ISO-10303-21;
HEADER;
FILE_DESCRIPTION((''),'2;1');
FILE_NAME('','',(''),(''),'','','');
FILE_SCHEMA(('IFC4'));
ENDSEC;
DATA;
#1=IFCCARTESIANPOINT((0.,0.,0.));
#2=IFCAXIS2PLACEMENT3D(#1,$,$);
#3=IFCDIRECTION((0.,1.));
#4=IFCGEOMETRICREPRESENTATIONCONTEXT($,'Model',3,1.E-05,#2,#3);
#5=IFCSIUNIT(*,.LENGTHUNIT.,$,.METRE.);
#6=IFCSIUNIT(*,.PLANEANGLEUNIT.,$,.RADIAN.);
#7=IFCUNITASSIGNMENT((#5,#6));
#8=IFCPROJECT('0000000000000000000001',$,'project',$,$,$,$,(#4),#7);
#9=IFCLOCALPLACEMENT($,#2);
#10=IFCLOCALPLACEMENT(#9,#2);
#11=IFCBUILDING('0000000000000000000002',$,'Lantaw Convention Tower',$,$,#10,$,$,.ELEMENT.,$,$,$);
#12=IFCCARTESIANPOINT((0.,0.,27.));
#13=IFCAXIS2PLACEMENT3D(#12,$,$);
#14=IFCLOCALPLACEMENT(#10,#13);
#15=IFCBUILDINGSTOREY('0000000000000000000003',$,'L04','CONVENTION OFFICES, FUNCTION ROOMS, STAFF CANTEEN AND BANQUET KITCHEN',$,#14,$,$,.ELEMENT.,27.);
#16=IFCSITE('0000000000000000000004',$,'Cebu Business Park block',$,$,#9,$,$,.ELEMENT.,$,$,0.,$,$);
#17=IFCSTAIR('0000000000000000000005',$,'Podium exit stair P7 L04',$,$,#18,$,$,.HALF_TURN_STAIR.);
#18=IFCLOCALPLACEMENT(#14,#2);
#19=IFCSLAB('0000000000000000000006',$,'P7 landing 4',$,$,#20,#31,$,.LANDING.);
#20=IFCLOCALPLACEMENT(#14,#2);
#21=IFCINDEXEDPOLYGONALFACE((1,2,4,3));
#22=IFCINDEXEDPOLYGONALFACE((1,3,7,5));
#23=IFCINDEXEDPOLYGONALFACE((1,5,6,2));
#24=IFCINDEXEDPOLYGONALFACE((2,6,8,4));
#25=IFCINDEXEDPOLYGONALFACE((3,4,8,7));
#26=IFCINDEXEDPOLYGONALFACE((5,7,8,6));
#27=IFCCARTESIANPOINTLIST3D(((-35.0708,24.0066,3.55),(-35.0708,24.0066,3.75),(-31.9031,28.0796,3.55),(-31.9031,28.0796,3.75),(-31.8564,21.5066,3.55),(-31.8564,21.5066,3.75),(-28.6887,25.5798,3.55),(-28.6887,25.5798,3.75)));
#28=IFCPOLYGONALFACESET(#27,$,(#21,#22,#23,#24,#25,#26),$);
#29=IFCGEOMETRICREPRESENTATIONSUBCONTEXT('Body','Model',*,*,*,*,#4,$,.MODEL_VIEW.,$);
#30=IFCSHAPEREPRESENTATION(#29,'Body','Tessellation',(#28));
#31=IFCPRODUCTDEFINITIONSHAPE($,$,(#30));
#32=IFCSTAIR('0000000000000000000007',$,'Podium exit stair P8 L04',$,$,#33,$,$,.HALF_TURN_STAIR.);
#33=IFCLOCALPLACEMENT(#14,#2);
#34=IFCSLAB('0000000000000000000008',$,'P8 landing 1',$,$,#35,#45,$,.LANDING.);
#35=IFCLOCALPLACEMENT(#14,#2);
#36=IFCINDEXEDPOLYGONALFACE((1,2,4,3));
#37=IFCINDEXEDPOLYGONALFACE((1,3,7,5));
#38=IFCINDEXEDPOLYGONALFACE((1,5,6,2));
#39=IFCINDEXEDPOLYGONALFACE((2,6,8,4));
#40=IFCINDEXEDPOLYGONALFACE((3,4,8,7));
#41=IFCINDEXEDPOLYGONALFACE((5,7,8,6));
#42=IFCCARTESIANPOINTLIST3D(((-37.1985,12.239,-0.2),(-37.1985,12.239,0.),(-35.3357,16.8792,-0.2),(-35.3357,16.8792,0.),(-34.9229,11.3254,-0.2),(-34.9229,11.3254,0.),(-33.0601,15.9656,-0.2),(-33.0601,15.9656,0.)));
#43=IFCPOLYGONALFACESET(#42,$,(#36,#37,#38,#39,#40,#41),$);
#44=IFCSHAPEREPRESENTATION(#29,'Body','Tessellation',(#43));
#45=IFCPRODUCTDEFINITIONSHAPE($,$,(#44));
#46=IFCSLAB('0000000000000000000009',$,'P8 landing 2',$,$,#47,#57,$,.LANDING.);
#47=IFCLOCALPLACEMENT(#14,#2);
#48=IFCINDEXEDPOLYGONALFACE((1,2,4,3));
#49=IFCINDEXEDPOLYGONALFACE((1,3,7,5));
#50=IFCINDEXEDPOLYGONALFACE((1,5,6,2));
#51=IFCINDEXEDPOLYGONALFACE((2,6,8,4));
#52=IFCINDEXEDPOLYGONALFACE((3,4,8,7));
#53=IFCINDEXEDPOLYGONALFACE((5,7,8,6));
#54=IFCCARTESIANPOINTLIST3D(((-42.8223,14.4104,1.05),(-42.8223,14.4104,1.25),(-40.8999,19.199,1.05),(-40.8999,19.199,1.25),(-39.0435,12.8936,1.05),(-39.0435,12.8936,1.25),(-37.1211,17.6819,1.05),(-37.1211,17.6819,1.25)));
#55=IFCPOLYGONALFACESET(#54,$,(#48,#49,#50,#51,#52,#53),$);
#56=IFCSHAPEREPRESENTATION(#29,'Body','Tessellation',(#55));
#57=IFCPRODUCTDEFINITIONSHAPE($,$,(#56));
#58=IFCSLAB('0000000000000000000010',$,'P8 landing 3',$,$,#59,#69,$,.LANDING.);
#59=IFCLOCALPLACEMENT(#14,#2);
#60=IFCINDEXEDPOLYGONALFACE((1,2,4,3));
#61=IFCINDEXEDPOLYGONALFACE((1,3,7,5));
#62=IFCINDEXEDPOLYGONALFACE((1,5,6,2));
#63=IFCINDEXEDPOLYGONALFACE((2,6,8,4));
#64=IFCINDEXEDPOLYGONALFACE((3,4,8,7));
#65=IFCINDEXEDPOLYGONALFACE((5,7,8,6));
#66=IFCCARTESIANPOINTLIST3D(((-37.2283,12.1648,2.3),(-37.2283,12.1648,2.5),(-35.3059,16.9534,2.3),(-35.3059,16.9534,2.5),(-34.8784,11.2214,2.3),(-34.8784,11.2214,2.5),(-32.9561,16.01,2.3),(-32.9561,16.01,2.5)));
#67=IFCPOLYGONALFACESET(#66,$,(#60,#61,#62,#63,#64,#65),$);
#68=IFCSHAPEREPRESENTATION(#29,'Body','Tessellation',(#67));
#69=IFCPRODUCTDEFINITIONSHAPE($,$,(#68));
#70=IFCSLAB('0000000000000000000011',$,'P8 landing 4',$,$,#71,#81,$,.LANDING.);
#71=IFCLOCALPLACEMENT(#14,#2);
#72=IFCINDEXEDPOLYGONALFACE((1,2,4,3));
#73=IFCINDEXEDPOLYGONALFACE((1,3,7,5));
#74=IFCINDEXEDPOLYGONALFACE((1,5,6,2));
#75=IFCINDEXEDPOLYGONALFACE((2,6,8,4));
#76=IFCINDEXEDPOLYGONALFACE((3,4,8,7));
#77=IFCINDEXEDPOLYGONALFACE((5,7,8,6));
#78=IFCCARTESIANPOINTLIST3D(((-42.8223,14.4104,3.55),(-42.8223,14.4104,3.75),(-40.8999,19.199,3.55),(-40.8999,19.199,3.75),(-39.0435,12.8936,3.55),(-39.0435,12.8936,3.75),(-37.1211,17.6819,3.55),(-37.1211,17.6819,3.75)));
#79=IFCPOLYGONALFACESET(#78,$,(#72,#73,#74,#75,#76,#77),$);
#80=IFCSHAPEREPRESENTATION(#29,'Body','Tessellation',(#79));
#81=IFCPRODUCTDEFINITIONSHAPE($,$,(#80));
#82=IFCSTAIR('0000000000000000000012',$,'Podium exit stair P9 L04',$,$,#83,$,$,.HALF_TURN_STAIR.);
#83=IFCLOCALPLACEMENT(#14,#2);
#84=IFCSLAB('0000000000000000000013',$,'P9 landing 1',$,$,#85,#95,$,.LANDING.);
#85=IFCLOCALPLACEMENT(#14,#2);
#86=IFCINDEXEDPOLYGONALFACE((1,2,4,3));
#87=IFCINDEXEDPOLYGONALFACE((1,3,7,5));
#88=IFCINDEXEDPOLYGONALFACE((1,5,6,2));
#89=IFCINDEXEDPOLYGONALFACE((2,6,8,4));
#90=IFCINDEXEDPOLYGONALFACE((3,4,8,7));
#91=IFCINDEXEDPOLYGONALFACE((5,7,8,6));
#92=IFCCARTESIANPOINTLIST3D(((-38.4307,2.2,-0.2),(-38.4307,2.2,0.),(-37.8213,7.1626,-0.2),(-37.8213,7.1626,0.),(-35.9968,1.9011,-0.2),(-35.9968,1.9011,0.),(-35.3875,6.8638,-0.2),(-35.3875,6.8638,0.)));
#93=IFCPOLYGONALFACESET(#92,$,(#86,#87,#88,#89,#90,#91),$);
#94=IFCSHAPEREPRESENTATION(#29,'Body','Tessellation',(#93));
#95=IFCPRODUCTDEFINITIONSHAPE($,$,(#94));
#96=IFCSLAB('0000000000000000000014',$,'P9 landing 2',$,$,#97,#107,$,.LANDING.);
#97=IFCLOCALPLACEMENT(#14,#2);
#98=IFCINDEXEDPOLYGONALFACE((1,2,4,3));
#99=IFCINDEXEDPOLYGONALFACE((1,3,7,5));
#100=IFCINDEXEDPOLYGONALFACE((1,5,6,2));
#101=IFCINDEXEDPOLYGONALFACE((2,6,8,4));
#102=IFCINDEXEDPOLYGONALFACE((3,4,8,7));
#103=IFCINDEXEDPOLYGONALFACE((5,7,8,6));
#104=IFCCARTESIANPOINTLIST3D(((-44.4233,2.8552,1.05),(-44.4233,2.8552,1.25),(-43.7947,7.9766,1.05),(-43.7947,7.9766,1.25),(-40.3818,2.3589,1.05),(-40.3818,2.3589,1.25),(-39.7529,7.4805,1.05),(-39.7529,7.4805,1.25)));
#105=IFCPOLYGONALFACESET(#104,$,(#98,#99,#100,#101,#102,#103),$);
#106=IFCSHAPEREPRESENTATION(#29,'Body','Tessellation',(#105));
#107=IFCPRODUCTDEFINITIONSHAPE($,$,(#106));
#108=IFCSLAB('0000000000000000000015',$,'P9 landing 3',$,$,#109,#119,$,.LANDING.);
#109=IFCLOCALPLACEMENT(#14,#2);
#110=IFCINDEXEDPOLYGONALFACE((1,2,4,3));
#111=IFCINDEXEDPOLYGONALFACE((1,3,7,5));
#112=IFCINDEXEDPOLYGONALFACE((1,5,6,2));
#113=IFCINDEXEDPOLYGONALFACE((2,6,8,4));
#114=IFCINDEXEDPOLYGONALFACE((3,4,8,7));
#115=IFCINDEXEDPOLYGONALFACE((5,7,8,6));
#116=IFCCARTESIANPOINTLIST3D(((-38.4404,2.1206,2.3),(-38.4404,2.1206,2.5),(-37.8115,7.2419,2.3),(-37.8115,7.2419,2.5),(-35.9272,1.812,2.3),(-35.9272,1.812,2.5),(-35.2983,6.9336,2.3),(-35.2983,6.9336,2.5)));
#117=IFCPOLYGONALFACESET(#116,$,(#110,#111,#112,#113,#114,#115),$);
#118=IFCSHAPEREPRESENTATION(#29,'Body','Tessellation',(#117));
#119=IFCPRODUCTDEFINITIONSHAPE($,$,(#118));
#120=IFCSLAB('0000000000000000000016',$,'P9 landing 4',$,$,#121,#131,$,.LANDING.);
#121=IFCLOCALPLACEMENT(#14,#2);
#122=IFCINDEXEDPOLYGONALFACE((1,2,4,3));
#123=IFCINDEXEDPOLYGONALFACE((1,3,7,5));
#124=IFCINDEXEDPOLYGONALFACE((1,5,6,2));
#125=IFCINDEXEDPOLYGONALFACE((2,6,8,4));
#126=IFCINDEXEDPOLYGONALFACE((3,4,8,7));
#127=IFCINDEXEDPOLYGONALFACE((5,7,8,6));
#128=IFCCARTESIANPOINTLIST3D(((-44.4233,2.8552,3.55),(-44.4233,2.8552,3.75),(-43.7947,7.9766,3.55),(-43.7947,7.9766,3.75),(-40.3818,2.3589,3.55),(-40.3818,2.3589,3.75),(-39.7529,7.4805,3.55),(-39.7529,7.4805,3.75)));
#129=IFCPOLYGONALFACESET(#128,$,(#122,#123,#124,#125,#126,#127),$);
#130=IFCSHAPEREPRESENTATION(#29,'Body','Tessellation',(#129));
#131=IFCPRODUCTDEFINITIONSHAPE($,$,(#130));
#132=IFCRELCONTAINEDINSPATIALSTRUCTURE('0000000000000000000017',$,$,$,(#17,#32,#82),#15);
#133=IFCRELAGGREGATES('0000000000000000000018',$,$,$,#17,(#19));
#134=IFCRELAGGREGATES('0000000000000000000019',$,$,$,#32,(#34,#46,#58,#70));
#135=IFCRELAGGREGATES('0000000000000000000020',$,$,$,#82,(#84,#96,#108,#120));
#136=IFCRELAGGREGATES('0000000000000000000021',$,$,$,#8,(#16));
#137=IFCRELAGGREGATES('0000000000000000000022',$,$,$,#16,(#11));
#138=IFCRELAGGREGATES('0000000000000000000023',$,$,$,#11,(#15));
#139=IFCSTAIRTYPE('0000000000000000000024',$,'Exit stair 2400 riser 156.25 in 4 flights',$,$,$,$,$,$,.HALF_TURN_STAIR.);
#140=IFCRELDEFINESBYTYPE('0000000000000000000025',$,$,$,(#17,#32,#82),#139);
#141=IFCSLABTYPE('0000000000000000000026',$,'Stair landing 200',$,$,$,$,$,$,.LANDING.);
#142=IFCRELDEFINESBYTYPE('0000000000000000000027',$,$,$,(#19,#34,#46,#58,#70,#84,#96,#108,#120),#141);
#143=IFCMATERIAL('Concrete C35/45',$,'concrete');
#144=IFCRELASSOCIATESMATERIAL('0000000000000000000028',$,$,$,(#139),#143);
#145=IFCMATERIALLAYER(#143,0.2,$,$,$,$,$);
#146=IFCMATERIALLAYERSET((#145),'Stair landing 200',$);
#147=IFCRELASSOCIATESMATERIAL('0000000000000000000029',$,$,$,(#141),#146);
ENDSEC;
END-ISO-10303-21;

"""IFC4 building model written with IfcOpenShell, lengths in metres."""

from ifc_helpers import new_model, si_unit, direction, frame, origin, place, context, subcontext, project, spatial, polyline, outline, extrude, material, layer, layer_set, type_object, element, aggregate, save


model = new_model("IFC4")

# Units and contexts
model_context = context("Model", 3, precision=1e-05, world=origin(), true_north=direction((0.0, 1.0)))
body_context = subcontext(model_context, "Body", "Model", "MODEL_VIEW")
ifc_project = project(units=[si_unit("LENGTHUNIT", "METRE"), si_unit("PLANEANGLEUNIT", "RADIAN")], contexts=[model_context])

# Site, building, storey
site_placement = place(None, origin())
site = spatial("IfcSite", under=ifc_project, at=site_placement, Name="Cebu Business Park block", CompositionType="ELEMENT", RefElevation=0.0)
building_placement = place(site_placement, origin())
building = spatial("IfcBuilding", under=site, at=building_placement, Name="Lantaw Convention Tower", CompositionType="ELEMENT")
storey_placement = place(building_placement, frame((0.0, 0.0, 27.0)))
storey = spatial("IfcBuildingStorey", under=building, at=storey_placement, Name="L04", Description="CONVENTION OFFICES, FUNCTION ROOMS, STAFF CANTEEN AND BANQUET KITCHEN", CompositionType="ELEMENT", Elevation=27.0)

# Stairs, slabs
ifc_material = material(Name="Concrete C35/45", Category="concrete")
stair_type = type_object("IfcStairType", Name="Exit stair 2400 riser 156.25 in 4 flights", PredefinedType="HALF_TURN_STAIR", material=ifc_material)
ifc_layer = layer(ifc_material, 0.2)
ifc_layer_set = layer_set([ifc_layer], Name="Stair landing 200")
slab_type = type_object("IfcSlabType", Name="Stair landing 200", PredefinedType="LANDING", material=ifc_layer_set)
stair_1_placement = place(storey_placement, origin())
stair_1 = element("IfcStair", 1, at=stair_1_placement, inside=storey, type_object=stair_type, Name="Podium exit stair P7 L04", PredefinedType="HALF_TURN_STAIR")
slab_1_placement = place(storey_placement, frame((0.0, 0.0, 3.55)))
slab_1 = element("IfcSlab", 2, at=slab_1_placement, type_object=slab_type, Name="P7 landing 4", PredefinedType="LANDING", context=body_context, shape_type="SweptSolid", body=[
    extrude(outline(polyline([(-28.6887, 25.5798), (-31.9031, 28.0796), (-35.0708, 24.0066), (-31.8564, 21.5066), (-28.6887, 25.5798)])), origin(), (0.0, 0.0, 1.0), 0.2),
])
aggregate(stair_1, [slab_1])
stair_2_placement = place(storey_placement, origin())
stair_2 = element("IfcStair", 3, at=stair_2_placement, inside=storey, type_object=stair_type, Name="Podium exit stair P8 L04", PredefinedType="HALF_TURN_STAIR")
slab_2_placement = place(storey_placement, frame((0.0, 0.0, -0.2)))
slab_2 = element("IfcSlab", 4, at=slab_2_placement, type_object=slab_type, Name="P8 landing 1", PredefinedType="LANDING", context=body_context, shape_type="SweptSolid", body=[
    extrude(outline(polyline([(-33.0601, 15.9656), (-35.3357, 16.8792), (-37.1985, 12.239), (-34.9229, 11.3254), (-33.0601, 15.9656)])), origin(), (0.0, 0.0, 1.0), 0.2),
])
slab_3_placement = place(storey_placement, frame((0.0, 0.0, 1.05)))
slab_3 = element("IfcSlab", 5, at=slab_3_placement, type_object=slab_type, Name="P8 landing 2", PredefinedType="LANDING", context=body_context, shape_type="SweptSolid", body=[
    extrude(outline(polyline([(-37.1211, 17.6819), (-40.8999, 19.199), (-42.8223, 14.4104), (-39.0435, 12.8936), (-37.1211, 17.6819)])), origin(), (0.0, 0.0, 1.0), 0.2),
])
slab_4_placement = place(storey_placement, frame((0.0, 0.0, 2.3)))
slab_4 = element("IfcSlab", 6, at=slab_4_placement, type_object=slab_type, Name="P8 landing 3", PredefinedType="LANDING", context=body_context, shape_type="SweptSolid", body=[
    extrude(outline(polyline([(-32.9561, 16.01), (-35.3059, 16.9534), (-37.2283, 12.1648), (-34.8784, 11.2214), (-32.9561, 16.01)])), origin(), (0.0, 0.0, 1.0), 0.2),
])
slab_5_placement = place(storey_placement, frame((0.0, 0.0, 3.55)))
slab_5 = element("IfcSlab", 7, at=slab_5_placement, type_object=slab_type, Name="P8 landing 4", PredefinedType="LANDING", context=body_context, shape_type="SweptSolid", body=[
    extrude(outline(polyline([(-37.1211, 17.6819), (-40.8999, 19.199), (-42.8223, 14.4104), (-39.0435, 12.8936), (-37.1211, 17.6819)])), origin(), (0.0, 0.0, 1.0), 0.2),
])
aggregate(stair_2, [slab_2, slab_3, slab_4, slab_5])
stair_3_placement = place(storey_placement, origin())
stair_3 = element("IfcStair", 8, at=stair_3_placement, inside=storey, type_object=stair_type, Name="Podium exit stair P9 L04", PredefinedType="HALF_TURN_STAIR")
slab_6_placement = place(storey_placement, frame((0.0, 0.0, -0.2)))
slab_6 = element("IfcSlab", 9, at=slab_6_placement, type_object=slab_type, Name="P9 landing 1", PredefinedType="LANDING", context=body_context, shape_type="SweptSolid", body=[
    extrude(outline(polyline([(-35.3875, 6.8638), (-37.8213, 7.1626), (-38.4307, 2.2), (-35.9968, 1.9011), (-35.3875, 6.8638)])), origin(), (0.0, 0.0, 1.0), 0.2),
])
slab_7_placement = place(storey_placement, frame((0.0, 0.0, 1.05)))
slab_7 = element("IfcSlab", 10, at=slab_7_placement, type_object=slab_type, Name="P9 landing 2", PredefinedType="LANDING", context=body_context, shape_type="SweptSolid", body=[
    extrude(outline(polyline([(-39.7529, 7.4805), (-43.7947, 7.9766), (-44.4233, 2.8552), (-40.3818, 2.3589), (-39.7529, 7.4805)])), origin(), (0.0, 0.0, 1.0), 0.2),
])
slab_8_placement = place(storey_placement, frame((0.0, 0.0, 2.3)))
slab_8 = element("IfcSlab", 11, at=slab_8_placement, type_object=slab_type, Name="P9 landing 3", PredefinedType="LANDING", context=body_context, shape_type="SweptSolid", body=[
    extrude(outline(polyline([(-35.2983, 6.9336), (-37.8115, 7.2419), (-38.4404, 2.1206), (-35.9272, 1.812), (-35.2983, 6.9336)])), origin(), (0.0, 0.0, 1.0), 0.2),
])
slab_9_placement = place(storey_placement, frame((0.0, 0.0, 3.55)))
slab_9 = element("IfcSlab", 12, at=slab_9_placement, type_object=slab_type, Name="P9 landing 4", PredefinedType="LANDING", context=body_context, shape_type="SweptSolid", body=[
    extrude(outline(polyline([(-39.7529, 7.4805), (-43.7947, 7.9766), (-44.4233, 2.8552), (-40.3818, 2.3589), (-39.7529, 7.4805)])), origin(), (0.0, 0.0, 1.0), 0.2),
])
aggregate(stair_3, [slab_6, slab_7, slab_8, slab_9])

save(model, "model.ifc")
